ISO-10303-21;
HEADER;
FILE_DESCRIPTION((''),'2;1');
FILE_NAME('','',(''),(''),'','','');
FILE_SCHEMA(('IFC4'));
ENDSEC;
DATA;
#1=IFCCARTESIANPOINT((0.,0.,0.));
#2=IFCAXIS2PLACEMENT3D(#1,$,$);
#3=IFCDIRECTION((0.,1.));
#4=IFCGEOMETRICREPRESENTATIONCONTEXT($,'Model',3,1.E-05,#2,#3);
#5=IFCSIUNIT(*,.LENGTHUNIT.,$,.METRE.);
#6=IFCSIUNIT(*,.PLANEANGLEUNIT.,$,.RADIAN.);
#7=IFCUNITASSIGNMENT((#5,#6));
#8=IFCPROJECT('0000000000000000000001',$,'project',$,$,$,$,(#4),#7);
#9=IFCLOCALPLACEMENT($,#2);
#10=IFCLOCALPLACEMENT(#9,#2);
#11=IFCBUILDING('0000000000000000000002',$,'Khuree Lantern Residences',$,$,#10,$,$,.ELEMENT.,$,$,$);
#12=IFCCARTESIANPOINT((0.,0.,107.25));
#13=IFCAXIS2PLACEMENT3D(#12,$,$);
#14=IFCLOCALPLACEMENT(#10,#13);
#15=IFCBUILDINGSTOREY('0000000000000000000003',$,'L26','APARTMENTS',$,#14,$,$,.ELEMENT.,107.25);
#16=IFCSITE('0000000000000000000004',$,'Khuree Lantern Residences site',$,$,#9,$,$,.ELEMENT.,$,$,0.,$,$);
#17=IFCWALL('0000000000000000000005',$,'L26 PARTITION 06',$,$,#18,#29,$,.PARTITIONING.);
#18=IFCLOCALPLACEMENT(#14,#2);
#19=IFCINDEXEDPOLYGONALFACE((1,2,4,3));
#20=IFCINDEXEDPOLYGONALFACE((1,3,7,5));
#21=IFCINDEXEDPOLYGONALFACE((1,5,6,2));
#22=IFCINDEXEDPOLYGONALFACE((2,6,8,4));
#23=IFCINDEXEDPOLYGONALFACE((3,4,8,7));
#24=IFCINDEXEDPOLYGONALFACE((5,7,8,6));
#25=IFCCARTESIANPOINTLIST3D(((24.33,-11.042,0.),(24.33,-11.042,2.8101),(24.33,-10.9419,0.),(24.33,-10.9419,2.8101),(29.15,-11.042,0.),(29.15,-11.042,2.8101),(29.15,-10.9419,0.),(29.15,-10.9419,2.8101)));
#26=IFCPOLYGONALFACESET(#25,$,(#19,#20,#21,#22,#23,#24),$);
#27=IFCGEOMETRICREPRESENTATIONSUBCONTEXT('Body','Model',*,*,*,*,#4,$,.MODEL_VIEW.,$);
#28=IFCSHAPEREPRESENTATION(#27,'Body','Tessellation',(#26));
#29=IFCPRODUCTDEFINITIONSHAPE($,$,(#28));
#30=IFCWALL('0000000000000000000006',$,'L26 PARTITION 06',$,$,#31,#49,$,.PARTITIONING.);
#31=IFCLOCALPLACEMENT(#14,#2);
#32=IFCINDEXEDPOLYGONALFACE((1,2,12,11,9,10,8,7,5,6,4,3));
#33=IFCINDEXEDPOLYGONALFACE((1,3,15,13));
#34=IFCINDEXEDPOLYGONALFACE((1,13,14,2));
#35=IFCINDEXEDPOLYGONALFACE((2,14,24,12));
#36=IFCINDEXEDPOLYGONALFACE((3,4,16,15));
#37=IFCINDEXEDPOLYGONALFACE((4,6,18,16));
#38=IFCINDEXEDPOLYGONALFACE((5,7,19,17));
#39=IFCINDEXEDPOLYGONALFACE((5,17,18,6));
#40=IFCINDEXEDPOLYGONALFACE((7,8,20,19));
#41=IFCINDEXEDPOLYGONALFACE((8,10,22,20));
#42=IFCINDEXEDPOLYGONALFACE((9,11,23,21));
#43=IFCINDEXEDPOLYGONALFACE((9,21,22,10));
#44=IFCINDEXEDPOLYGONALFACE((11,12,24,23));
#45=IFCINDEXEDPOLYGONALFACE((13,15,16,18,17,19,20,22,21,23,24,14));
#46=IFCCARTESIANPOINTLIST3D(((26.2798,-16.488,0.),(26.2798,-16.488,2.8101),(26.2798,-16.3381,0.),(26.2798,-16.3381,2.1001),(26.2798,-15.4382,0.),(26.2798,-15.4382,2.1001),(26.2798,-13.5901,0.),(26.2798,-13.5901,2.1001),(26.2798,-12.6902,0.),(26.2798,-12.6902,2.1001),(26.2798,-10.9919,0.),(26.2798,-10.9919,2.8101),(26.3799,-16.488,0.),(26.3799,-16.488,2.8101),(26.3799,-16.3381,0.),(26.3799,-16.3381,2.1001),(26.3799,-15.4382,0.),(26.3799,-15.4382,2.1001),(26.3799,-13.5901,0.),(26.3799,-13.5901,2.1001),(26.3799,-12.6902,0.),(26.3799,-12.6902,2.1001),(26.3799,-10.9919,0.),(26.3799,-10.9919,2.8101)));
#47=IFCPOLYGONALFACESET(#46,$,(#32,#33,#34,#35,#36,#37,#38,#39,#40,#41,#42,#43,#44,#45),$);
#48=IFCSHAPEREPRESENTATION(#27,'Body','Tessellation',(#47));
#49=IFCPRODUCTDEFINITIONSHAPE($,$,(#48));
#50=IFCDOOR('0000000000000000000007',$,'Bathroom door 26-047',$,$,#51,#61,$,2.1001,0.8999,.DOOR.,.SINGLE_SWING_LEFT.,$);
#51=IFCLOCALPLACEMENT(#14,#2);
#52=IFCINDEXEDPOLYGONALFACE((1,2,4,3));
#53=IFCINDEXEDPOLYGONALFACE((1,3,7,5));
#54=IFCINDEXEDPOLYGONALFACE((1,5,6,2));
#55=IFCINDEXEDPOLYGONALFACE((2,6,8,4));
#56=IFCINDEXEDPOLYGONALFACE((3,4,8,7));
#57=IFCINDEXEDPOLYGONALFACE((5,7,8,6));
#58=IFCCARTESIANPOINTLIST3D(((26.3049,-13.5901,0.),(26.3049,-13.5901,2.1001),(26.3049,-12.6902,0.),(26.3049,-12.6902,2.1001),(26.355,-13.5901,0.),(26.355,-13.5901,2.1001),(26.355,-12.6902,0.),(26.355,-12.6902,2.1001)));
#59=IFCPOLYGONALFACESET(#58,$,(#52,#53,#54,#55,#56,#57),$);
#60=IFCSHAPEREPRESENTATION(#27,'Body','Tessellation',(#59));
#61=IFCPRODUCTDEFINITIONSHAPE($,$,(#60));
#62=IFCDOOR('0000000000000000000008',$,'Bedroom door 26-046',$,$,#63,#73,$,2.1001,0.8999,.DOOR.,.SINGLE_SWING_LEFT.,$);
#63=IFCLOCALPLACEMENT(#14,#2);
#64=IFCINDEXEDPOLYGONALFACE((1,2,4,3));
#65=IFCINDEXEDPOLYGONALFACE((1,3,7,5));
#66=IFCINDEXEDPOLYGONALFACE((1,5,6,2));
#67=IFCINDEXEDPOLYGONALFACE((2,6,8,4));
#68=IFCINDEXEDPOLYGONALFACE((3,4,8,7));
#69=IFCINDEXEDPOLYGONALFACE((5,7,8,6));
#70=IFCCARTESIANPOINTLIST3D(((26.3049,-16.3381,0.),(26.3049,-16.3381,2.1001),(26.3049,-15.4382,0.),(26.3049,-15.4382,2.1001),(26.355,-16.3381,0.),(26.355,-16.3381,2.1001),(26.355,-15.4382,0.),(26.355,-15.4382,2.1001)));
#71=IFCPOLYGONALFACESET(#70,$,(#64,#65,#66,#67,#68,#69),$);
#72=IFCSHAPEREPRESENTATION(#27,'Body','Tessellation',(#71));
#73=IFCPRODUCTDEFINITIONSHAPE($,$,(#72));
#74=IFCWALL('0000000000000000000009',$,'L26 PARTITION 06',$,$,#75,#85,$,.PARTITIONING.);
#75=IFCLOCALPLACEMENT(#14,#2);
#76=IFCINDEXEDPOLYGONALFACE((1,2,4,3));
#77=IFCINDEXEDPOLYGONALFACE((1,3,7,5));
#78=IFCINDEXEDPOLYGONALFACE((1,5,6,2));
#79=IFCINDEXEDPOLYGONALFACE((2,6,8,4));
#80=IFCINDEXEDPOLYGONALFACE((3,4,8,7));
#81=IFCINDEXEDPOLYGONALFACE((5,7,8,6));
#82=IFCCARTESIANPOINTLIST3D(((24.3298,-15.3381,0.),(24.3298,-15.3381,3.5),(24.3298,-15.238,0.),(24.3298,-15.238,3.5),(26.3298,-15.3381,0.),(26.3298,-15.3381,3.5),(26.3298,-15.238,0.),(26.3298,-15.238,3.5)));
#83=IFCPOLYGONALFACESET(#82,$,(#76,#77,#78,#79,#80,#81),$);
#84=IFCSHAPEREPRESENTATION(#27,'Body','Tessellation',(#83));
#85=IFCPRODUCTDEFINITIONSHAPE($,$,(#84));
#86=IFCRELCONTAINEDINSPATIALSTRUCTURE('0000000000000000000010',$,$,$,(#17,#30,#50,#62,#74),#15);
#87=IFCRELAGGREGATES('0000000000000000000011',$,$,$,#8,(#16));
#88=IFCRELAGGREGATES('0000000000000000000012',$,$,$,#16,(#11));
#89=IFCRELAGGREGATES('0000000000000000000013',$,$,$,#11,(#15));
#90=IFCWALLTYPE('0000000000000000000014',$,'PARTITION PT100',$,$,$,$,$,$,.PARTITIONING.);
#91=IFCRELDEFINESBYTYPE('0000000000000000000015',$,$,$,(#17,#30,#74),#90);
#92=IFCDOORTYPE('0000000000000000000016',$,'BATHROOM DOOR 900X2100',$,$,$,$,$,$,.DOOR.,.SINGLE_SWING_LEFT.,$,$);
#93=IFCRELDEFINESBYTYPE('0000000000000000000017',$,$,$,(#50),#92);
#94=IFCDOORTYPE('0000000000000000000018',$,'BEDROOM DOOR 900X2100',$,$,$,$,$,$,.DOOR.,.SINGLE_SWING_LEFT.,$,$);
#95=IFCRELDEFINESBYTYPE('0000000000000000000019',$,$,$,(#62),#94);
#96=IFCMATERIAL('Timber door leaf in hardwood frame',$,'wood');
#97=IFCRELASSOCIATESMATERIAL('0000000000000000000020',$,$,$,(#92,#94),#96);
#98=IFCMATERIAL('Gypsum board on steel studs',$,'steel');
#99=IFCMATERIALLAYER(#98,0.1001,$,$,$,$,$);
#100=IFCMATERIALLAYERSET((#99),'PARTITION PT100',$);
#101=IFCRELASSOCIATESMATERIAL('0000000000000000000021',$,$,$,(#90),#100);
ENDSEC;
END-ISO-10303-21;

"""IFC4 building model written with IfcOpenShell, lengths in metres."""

from ifc_helpers import new_model, si_unit, direction, frame, frame_2d, origin, place, context, subcontext, project, spatial, rectangle, extrude, material, layer, layer_set, type_object, element, fill, save


model = new_model("IFC4")

# Units and contexts
model_context = context("Model", 3, precision=1e-05, world=origin(), true_north=direction((0.0, 1.0)))
body_context = subcontext(model_context, "Body", "Model", "MODEL_VIEW")
ifc_project = project(units=[si_unit("LENGTHUNIT", "METRE"), si_unit("PLANEANGLEUNIT", "RADIAN")], contexts=[model_context])

# Site, building, storey
site_placement = place(None, origin())
site = spatial("IfcSite", under=ifc_project, at=site_placement, Name="Khuree Lantern Residences site", CompositionType="ELEMENT", RefElevation=0.0)
building_placement = place(site_placement, origin())
building = spatial("IfcBuilding", under=site, at=building_placement, Name="Khuree Lantern Residences", CompositionType="ELEMENT")
storey_placement = place(building_placement, frame((0.0, 0.0, 107.25)))
storey = spatial("IfcBuildingStorey", under=building, at=storey_placement, Name="L26", Description="APARTMENTS", CompositionType="ELEMENT", Elevation=107.25)

# Shared definitions
ifc_material_1 = material(Name="Timber door leaf in hardwood frame", Category="wood")
door_type_1 = type_object("IfcDoorType", Name="BATHROOM DOOR 900X2100", OperationType="SINGLE_SWING_LEFT", PredefinedType="DOOR", material=ifc_material_1)

# Shared definitions
ifc_material_2 = material(Name="Gypsum board on steel studs", Category="steel")

# Wall
ifc_layer_1 = layer(ifc_material_2, 0.1001)
ifc_layer_set_1 = layer_set([ifc_layer_1], Name="PARTITION PT100")
wall_type_1 = type_object("IfcWallType", Name="PARTITION PT100", PredefinedType="PARTITIONING", material=ifc_layer_set_1)
for number, where, z_axis, x_axis, name in (
    (1, (24.3298, -10.9919, 0.0), (0.0, 0.0, 1.0), (1.0, 0.0, 0.0), "L26 PARTITION 06"),
):
    element("IfcWall", number, at=place(storey_placement, frame(where, z_axis=z_axis, x_axis=x_axis)), inside=storey, type_object=wall_type_1, Name=name, PredefinedType="PARTITIONING", context=body_context, shape_type="SweptSolid", body=[
        extrude(rectangle(XDim=4.8201, YDim=0.1001, at=frame_2d((2.4102, 0.0))), origin(), (0.0, 0.0, 1.0), 2.8101),
    ])

# Wall, openings, doors
wall_1_placement = place(storey_placement, frame((26.3298, -16.488, 0.0), z_axis=(0.0, 0.0, 1.0), x_axis=(0.0, 1.0, 0.0)))
wall_1 = element("IfcWall", 2, at=wall_1_placement, inside=storey, type_object=wall_type_1, Name="L26 PARTITION 06", PredefinedType="PARTITIONING", context=body_context, shape_type="SweptSolid", body=[
    extrude(rectangle(XDim=5.4961, YDim=0.1001, at=frame_2d((2.748, 0.0))), origin(), (0.0, 0.0, 1.0), 2.8101),
])
opening_1_placement = place(wall_1_placement, frame((0.1499, 0.0, 0.0)))
opening_1 = element("IfcOpeningElement", 3, at=opening_1_placement, cuts=wall_1, PredefinedType="OPENING", context=body_context, shape_type="SweptSolid", body=[
    extrude(rectangle(XDim=0.8999, YDim=2.1001, at=frame_2d((0.45, 1.05))), frame((0.0, 0.0601, 0.0), z_axis=(0.0, -1.0, 0.0), x_axis=(1.0, 0.0, 0.0)), (0.0, 0.0, 1.0), 0.1201),
])
opening_2_placement = place(wall_1_placement, frame((2.8979, 0.0, 0.0)))
opening_2 = element("IfcOpeningElement", 4, at=opening_2_placement, cuts=wall_1, PredefinedType="OPENING", context=body_context, shape_type="SweptSolid", body=[
    extrude(rectangle(XDim=0.8999, YDim=2.1001, at=frame_2d((0.45, 1.05))), frame((0.0, 0.0601, 0.0), z_axis=(0.0, -1.0, 0.0), x_axis=(1.0, 0.0, 0.0)), (0.0, 0.0, 1.0), 0.1201),
])
door_1_placement = place(opening_2_placement, origin())
door_1 = element("IfcDoor", 5, at=door_1_placement, inside=storey, type_object=door_type_1, Name="Bathroom door 26-047", OperationType="SINGLE_SWING_LEFT", OverallHeight=2.1001, OverallWidth=0.8999, PredefinedType="DOOR", context=body_context, shape_type="SweptSolid", body=[
    extrude(rectangle(XDim=0.8999, YDim=2.1001, at=frame_2d((0.45, 1.05))), frame((0.0, 0.0249, 0.0), z_axis=(0.0, -1.0, 0.0), x_axis=(1.0, 0.0, 0.0)), (0.0, 0.0, 1.0), 0.05),
])
fill(opening_2, door_1)
door_type_2 = type_object("IfcDoorType", Name="BEDROOM DOOR 900X2100", OperationType="SINGLE_SWING_LEFT", PredefinedType="DOOR", material=ifc_material_1)
door_2_placement = place(opening_1_placement, origin())
door_2 = element("IfcDoor", 6, at=door_2_placement, inside=storey, type_object=door_type_2, Name="Bedroom door 26-046", OperationType="SINGLE_SWING_LEFT", OverallHeight=2.1001, OverallWidth=0.8999, PredefinedType="DOOR", context=body_context, shape_type="SweptSolid", body=[
    extrude(rectangle(XDim=0.8999, YDim=2.1001, at=frame_2d((0.45, 1.05))), frame((0.0, 0.0249, 0.0), z_axis=(0.0, -1.0, 0.0), x_axis=(1.0, 0.0, 0.0)), (0.0, 0.0, 1.0), 0.05),
])
fill(opening_1, door_2)

# Wall
wall_2_placement = place(storey_placement, frame((24.3298, -15.2881, 0.0), z_axis=(0.0, 0.0, 1.0), x_axis=(1.0, 0.0, 0.0)))
element("IfcWall", 7, at=wall_2_placement, inside=storey, type_object=wall_type_1, Name="L26 PARTITION 06", PredefinedType="PARTITIONING", context=body_context, shape_type="SweptSolid", body=[
    extrude(rectangle(XDim=2.0, YDim=0.1001, at=frame_2d((1.0, 0.0))), origin(), (0.0, 0.0, 1.0), 3.5),
])

save(model, "model.ifc")
